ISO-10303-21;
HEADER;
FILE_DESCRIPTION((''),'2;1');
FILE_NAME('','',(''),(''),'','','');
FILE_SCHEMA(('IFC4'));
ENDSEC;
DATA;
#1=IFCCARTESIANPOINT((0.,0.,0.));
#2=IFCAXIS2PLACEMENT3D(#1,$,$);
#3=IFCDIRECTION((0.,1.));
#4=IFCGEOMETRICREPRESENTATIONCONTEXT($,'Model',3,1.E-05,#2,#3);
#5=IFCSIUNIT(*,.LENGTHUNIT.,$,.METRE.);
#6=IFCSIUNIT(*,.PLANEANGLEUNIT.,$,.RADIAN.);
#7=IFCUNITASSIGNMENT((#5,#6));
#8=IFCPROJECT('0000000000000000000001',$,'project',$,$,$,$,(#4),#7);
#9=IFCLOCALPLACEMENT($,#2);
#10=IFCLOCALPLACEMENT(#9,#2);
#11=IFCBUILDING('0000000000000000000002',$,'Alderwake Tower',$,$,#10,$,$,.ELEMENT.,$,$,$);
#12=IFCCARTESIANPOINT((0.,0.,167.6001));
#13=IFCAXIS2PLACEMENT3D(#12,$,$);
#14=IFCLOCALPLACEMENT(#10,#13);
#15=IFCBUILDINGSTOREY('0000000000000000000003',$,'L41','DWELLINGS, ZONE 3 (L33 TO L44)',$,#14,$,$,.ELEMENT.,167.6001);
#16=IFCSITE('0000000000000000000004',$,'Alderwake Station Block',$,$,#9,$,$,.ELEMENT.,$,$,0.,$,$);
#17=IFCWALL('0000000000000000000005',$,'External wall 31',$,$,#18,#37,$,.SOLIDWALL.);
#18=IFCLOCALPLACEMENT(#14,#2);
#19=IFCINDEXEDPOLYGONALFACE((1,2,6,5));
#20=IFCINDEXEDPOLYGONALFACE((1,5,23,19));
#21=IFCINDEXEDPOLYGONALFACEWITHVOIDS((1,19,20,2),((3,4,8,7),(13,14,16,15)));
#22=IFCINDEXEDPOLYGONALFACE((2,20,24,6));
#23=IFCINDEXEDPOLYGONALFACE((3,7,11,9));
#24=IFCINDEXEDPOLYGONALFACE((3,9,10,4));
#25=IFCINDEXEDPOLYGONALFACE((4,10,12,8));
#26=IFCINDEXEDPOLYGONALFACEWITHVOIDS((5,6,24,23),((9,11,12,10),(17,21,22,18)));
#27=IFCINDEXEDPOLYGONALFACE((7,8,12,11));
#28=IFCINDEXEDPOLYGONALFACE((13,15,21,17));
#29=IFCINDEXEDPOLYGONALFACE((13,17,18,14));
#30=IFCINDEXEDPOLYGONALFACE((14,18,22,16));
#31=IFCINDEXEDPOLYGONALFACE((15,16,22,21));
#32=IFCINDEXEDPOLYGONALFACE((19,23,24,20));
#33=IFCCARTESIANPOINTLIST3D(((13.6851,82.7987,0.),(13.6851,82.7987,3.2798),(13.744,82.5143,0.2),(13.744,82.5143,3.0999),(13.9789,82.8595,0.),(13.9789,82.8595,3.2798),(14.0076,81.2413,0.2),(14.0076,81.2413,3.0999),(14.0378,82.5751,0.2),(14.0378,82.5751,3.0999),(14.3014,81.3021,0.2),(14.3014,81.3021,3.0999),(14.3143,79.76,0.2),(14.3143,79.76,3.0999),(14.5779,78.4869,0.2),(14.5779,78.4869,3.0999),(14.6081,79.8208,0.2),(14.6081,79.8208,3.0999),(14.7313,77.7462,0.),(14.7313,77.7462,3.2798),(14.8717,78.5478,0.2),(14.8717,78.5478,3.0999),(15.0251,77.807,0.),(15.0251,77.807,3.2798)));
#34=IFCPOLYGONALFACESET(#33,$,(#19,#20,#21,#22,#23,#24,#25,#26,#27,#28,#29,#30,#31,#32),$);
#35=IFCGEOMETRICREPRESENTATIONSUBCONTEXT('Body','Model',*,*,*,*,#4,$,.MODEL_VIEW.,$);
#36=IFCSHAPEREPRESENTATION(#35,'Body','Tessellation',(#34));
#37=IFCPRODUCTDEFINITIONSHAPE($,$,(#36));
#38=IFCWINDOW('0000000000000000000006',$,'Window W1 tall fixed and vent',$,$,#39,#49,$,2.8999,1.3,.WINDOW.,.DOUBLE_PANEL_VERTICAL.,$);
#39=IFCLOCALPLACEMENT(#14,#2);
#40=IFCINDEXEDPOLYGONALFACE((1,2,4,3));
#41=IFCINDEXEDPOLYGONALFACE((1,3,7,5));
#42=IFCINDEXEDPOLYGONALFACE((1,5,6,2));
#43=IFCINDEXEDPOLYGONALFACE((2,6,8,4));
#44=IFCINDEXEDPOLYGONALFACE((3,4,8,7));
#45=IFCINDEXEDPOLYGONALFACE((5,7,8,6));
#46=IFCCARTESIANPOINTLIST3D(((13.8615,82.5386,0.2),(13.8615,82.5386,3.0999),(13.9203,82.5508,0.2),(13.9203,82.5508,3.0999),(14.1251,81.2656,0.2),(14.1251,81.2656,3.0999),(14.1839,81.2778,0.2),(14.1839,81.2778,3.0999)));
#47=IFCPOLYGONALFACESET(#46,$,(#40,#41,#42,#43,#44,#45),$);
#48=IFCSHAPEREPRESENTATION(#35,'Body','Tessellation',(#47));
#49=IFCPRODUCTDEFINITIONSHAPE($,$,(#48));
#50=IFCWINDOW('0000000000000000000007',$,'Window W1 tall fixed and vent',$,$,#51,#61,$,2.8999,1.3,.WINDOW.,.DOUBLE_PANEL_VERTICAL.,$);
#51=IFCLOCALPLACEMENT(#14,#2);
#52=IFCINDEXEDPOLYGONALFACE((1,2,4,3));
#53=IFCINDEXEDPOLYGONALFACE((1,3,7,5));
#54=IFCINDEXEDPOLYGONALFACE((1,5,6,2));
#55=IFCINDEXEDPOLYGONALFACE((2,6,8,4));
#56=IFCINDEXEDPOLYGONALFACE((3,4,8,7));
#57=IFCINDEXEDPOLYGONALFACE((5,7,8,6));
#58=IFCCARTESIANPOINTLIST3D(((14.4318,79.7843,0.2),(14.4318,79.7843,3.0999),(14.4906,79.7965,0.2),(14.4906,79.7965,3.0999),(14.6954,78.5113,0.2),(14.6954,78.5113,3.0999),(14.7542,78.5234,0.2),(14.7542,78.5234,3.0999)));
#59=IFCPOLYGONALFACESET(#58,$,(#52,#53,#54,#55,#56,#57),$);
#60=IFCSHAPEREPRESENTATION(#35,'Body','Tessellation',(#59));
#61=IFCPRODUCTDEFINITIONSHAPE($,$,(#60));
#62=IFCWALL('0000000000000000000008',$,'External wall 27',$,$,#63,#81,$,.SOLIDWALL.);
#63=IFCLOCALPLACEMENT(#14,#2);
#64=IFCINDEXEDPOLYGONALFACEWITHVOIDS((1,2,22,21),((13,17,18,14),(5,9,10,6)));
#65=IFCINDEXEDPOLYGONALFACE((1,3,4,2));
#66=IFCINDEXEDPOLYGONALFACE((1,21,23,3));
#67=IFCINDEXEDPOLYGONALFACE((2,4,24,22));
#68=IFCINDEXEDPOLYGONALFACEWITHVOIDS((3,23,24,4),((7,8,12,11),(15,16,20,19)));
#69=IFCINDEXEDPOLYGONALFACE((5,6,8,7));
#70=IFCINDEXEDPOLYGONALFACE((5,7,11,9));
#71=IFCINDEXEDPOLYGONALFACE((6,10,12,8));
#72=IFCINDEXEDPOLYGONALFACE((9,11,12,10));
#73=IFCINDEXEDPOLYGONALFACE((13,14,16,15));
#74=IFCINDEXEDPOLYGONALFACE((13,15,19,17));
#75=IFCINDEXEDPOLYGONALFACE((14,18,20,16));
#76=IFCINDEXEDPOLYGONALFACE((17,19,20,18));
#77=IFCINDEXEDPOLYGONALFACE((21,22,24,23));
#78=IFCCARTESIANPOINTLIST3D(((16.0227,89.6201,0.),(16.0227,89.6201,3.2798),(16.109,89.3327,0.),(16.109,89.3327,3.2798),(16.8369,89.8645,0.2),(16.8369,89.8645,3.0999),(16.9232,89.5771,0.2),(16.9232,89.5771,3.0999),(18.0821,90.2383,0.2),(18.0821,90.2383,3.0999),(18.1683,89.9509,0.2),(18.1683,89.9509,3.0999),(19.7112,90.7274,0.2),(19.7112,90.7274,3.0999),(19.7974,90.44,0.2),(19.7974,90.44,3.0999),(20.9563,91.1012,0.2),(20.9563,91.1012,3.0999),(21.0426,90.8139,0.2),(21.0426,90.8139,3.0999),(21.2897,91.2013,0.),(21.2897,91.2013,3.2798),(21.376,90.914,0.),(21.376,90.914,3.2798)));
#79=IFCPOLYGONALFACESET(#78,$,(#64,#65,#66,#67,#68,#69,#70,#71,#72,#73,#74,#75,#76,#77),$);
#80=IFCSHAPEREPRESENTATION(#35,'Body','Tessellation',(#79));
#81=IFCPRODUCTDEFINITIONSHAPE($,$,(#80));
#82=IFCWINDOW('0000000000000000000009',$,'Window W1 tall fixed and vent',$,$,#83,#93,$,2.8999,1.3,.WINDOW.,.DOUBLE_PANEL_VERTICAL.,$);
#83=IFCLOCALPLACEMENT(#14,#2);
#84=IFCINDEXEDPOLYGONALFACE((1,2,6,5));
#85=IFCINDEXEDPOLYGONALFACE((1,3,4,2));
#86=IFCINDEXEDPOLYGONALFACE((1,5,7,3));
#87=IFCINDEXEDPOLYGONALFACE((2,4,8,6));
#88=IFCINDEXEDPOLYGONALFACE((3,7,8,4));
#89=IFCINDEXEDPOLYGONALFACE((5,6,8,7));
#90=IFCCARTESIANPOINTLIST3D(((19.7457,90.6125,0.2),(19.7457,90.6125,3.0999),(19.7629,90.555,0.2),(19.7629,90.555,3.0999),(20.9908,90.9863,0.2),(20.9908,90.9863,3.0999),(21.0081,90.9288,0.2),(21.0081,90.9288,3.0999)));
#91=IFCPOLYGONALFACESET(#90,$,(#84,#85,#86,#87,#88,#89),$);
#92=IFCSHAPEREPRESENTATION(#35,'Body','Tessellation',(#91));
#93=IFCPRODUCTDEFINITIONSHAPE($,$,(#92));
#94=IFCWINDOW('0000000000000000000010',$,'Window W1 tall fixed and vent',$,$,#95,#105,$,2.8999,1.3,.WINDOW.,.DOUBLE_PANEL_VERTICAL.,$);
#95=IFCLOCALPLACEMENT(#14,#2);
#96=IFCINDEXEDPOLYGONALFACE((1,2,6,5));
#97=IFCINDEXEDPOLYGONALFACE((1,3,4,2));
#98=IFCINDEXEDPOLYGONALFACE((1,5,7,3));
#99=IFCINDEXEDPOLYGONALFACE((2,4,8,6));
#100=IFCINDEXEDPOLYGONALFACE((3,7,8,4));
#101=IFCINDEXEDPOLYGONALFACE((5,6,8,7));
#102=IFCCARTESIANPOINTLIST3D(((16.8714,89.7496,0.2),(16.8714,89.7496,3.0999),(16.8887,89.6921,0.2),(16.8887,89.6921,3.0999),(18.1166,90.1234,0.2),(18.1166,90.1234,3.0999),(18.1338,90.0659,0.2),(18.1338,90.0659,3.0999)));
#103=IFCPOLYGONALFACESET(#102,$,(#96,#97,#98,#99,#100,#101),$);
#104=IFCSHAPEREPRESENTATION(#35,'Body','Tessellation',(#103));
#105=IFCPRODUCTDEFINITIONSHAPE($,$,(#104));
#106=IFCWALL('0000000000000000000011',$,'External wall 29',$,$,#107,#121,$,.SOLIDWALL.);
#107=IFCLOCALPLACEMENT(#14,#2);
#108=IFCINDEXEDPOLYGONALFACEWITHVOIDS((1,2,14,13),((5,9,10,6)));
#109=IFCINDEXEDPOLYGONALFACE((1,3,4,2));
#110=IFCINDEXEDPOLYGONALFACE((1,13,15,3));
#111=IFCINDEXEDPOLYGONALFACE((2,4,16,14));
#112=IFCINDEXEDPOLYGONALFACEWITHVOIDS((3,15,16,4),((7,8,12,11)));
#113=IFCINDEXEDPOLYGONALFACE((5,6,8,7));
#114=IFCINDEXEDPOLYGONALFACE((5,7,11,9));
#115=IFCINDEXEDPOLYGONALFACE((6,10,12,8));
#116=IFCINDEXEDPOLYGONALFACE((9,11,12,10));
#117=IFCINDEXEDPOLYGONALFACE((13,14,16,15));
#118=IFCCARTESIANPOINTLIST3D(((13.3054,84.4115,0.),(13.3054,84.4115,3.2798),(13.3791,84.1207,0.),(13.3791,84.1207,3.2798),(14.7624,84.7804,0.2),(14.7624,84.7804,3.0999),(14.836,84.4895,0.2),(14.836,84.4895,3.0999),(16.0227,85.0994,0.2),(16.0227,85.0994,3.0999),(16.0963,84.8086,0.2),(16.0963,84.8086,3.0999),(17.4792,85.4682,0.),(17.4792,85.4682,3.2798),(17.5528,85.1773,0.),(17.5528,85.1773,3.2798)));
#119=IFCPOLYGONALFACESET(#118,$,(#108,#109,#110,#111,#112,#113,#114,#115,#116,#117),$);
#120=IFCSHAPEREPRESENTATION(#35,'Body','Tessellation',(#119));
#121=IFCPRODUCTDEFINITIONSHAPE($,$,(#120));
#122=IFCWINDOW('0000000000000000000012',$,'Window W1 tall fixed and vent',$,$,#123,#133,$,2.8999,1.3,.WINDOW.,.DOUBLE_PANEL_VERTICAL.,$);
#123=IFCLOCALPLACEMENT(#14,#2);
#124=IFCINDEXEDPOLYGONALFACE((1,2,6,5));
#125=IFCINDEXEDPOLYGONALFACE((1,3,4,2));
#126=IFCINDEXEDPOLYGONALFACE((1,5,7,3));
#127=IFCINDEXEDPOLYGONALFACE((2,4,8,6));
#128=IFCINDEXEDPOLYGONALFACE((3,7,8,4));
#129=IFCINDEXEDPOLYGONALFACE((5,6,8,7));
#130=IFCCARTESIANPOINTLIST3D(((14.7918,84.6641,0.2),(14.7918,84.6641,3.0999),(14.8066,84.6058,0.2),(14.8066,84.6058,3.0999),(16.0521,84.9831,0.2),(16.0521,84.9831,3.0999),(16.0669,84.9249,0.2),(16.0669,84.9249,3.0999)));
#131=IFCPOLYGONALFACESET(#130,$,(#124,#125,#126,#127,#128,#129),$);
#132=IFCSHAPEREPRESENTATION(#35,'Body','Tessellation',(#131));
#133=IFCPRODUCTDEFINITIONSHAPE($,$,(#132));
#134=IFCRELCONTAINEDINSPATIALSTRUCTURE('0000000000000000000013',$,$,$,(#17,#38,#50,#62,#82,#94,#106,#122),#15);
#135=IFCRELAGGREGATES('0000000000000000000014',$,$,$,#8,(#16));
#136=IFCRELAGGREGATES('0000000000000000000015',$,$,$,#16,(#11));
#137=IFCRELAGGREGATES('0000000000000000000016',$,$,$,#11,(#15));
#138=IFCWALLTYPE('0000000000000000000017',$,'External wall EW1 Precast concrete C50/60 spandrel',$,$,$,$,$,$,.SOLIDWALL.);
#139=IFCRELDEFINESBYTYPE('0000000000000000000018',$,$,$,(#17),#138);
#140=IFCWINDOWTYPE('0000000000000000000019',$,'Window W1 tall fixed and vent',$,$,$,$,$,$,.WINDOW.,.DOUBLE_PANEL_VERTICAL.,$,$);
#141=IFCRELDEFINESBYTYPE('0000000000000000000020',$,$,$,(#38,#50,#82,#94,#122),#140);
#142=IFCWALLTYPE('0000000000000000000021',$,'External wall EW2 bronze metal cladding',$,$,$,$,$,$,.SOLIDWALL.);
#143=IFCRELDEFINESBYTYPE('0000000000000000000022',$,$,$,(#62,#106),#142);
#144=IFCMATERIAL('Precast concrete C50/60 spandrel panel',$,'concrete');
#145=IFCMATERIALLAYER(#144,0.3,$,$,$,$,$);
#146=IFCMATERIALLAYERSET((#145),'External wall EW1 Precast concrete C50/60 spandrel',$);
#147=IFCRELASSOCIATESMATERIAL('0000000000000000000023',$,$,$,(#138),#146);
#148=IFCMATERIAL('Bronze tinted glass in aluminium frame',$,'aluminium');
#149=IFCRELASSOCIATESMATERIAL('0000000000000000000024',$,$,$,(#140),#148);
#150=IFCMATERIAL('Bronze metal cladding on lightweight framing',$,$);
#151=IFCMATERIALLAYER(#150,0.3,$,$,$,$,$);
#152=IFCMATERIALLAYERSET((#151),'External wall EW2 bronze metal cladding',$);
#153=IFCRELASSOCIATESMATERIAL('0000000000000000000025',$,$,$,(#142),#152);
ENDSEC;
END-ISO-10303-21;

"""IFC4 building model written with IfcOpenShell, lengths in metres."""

from ifc_helpers import new_model, si_unit, direction, frame, frame_2d, origin, place, context, subcontext, project, spatial, rectangle, extrude, material, layer, layer_set, type_object, element, fill, save


model = new_model("IFC4")

# Units and contexts
model_context = context("Model", 3, precision=1e-05, world=origin(), true_north=direction((0.0, 1.0)))
body_context = subcontext(model_context, "Body", "Model", "MODEL_VIEW")
ifc_project = project(units=[si_unit("LENGTHUNIT", "METRE"), si_unit("PLANEANGLEUNIT", "RADIAN")], contexts=[model_context])

# Site, building, storey
site_placement = place(None, origin())
site = spatial("IfcSite", under=ifc_project, at=site_placement, Name="Alderwake Station Block", CompositionType="ELEMENT", RefElevation=0.0)
building_placement = place(site_placement, origin())
building = spatial("IfcBuilding", under=site, at=building_placement, Name="Alderwake Tower", CompositionType="ELEMENT")
storey_placement = place(building_placement, frame((0.0, 0.0, 167.6001)))
storey = spatial("IfcBuildingStorey", under=building, at=storey_placement, Name="L41", Description="DWELLINGS, ZONE 3 (L33 TO L44)", CompositionType="ELEMENT", Elevation=167.6001)

# Shared definitions
ifc_material_1 = material(Name="Precast concrete C50/60 spandrel panel", Category="concrete")
ifc_layer_1 = layer(ifc_material_1, 0.3)
ifc_layer_set_1 = layer_set([ifc_layer_1], Name="External wall EW1 Precast concrete C50/60 spandrel")
wall_type_1 = type_object("IfcWallType", Name="External wall EW1 Precast concrete C50/60 spandrel", PredefinedType="SOLIDWALL", material=ifc_layer_set_1)

# Walls, openings, windows
wall_1_placement = place(storey_placement, frame((13.832, 82.8291, 0.0), z_axis=(0.0, 0.0, 1.0), x_axis=(0.202754, -0.97923, 0.0)))
wall_1 = element("IfcWall", 1, at=wall_1_placement, inside=storey, type_object=wall_type_1, Name="External wall 31", PredefinedType="SOLIDWALL", context=body_context, shape_type="SweptSolid", body=[
    extrude(rectangle(XDim=5.1597, YDim=0.3, at=frame_2d((2.5798, 0.0))), origin(), (0.0, 0.0, 1.0), 3.2798),
])
opening_1_placement = place(wall_1_placement, frame((0.2905, 0.0, 0.2)))
opening_1 = element("IfcOpeningElement", 2, at=opening_1_placement, cuts=wall_1, PredefinedType="OPENING", context=body_context, shape_type="SweptSolid", body=[
    extrude(rectangle(XDim=1.3, YDim=2.8999, at=frame_2d((0.6499, 1.45))), frame((0.0, 0.1599, 0.0), z_axis=(0.0, -1.0, 0.0), x_axis=(1.0, 0.0, 0.0)), (0.0, 0.0, 1.0), 0.3201),
])
opening_2_placement = place(wall_1_placement, frame((3.1033, 0.0, 0.2)))
opening_2 = element("IfcOpeningElement", 3, at=opening_2_placement, cuts=wall_1, PredefinedType="OPENING", context=body_context, shape_type="SweptSolid", body=[
    extrude(rectangle(XDim=1.3, YDim=2.8999, at=frame_2d((0.6499, 1.45))), frame((0.0, 0.1599, 0.0), z_axis=(0.0, -1.0, 0.0), x_axis=(1.0, 0.0, 0.0)), (0.0, 0.0, 1.0), 0.3201),
])
ifc_material_2 = material(Name="Bronze tinted glass in aluminium frame", Category="aluminium")
window_type = type_object("IfcWindowType", Name="Window W1 tall fixed and vent", PartitioningType="DOUBLE_PANEL_VERTICAL", PredefinedType="WINDOW", material=ifc_material_2)
window_1_placement = place(opening_1_placement, origin())
window_1 = element("IfcWindow", 4, at=window_1_placement, inside=storey, type_object=window_type, Name="Window W1 tall fixed and vent", OverallHeight=2.8999, OverallWidth=1.3, PartitioningType="DOUBLE_PANEL_VERTICAL", PredefinedType="WINDOW", context=body_context, shape_type="SweptSolid", body=[
    extrude(rectangle(XDim=1.3, YDim=2.8999, at=frame_2d((0.6499, 1.45))), frame((0.0, 0.03, 0.0), z_axis=(0.0, -1.0, 0.0), x_axis=(1.0, 0.0, 0.0)), (0.0, 0.0, 1.0), 0.0601),
])
fill(opening_1, window_1)
window_2_placement = place(opening_2_placement, origin())
window_2 = element("IfcWindow", 5, at=window_2_placement, inside=storey, type_object=window_type, Name="Window W1 tall fixed and vent", OverallHeight=2.8999, OverallWidth=1.3, PartitioningType="DOUBLE_PANEL_VERTICAL", PredefinedType="WINDOW", context=body_context, shape_type="SweptSolid", body=[
    extrude(rectangle(XDim=1.3, YDim=2.8999, at=frame_2d((0.6499, 1.45))), frame((0.0, 0.03, 0.0), z_axis=(0.0, -1.0, 0.0), x_axis=(1.0, 0.0, 0.0)), (0.0, 0.0, 1.0), 0.0601),
])
fill(opening_2, window_2)
ifc_material_3 = material(Name="Bronze metal cladding on lightweight framing")
ifc_layer_2 = layer(ifc_material_3, 0.3)
ifc_layer_set_2 = layer_set([ifc_layer_2], Name="External wall EW2 bronze metal cladding")
wall_type_2 = type_object("IfcWallType", Name="External wall EW2 bronze metal cladding", PredefinedType="SOLIDWALL", material=ifc_layer_set_2)
wall_2_placement = place(storey_placement, frame((21.3328, 91.0576, 0.0), z_axis=(0.0, 0.0, 1.0), x_axis=(-0.957768, -0.287543, 0.0)))
wall_2 = element("IfcWall", 6, at=wall_2_placement, inside=storey, type_object=wall_type_2, Name="External wall 27", PredefinedType="SOLIDWALL", context=body_context, shape_type="SweptSolid", body=[
    extrude(rectangle(XDim=5.4993, YDim=0.3, at=frame_2d((2.7495, 0.0))), origin(), (0.0, 0.0, 1.0), 3.2798),
])
opening_3_placement = place(wall_2_placement, frame((0.3481, 0.0, 0.2)))
opening_3 = element("IfcOpeningElement", 7, at=opening_3_placement, cuts=wall_2, PredefinedType="OPENING", context=body_context, shape_type="SweptSolid", body=[
    extrude(rectangle(XDim=1.3, YDim=2.8999, at=frame_2d((0.6499, 1.45))), frame((0.0, 0.1599, 0.0), z_axis=(0.0, -1.0, 0.0), x_axis=(1.0, 0.0, 0.0)), (0.0, 0.0, 1.0), 0.3201),
])
opening_4_placement = place(wall_2_placement, frame((3.3491, 0.0, 0.2)))
opening_4 = element("IfcOpeningElement", 8, at=opening_4_placement, cuts=wall_2, PredefinedType="OPENING", context=body_context, shape_type="SweptSolid", body=[
    extrude(rectangle(XDim=1.3, YDim=2.8999, at=frame_2d((0.6499, 1.45))), frame((0.0, 0.1599, 0.0), z_axis=(0.0, -1.0, 0.0), x_axis=(1.0, 0.0, 0.0)), (0.0, 0.0, 1.0), 0.3201),
])
window_3_placement = place(opening_3_placement, origin())
window_3 = element("IfcWindow", 9, at=window_3_placement, inside=storey, type_object=window_type, Name="Window W1 tall fixed and vent", OverallHeight=2.8999, OverallWidth=1.3, PartitioningType="DOUBLE_PANEL_VERTICAL", PredefinedType="WINDOW", context=body_context, shape_type="SweptSolid", body=[
    extrude(rectangle(XDim=1.3, YDim=2.8999, at=frame_2d((0.6499, 1.45))), frame((0.0, 0.03, 0.0), z_axis=(0.0, -1.0, 0.0), x_axis=(1.0, 0.0, 0.0)), (0.0, 0.0, 1.0), 0.0601),
])
fill(opening_3, window_3)
window_4_placement = place(opening_4_placement, origin())
window_4 = element("IfcWindow", 10, at=window_4_placement, inside=storey, type_object=window_type, Name="Window W1 tall fixed and vent", OverallHeight=2.8999, OverallWidth=1.3, PartitioningType="DOUBLE_PANEL_VERTICAL", PredefinedType="WINDOW", context=body_context, shape_type="SweptSolid", body=[
    extrude(rectangle(XDim=1.3, YDim=2.8999, at=frame_2d((0.6499, 1.45))), frame((0.0, 0.03, 0.0), z_axis=(0.0, -1.0, 0.0), x_axis=(1.0, 0.0, 0.0)), (0.0, 0.0, 1.0), 0.0601),
])
fill(opening_4, window_4)

# Wall, opening, window
wall_3_placement = place(storey_placement, frame((17.5161, 85.3228, 0.0), z_axis=(0.0, 0.0, 1.0), x_axis=(-0.969418, -0.245416, 0.0)))
wall_3 = element("IfcWall", 11, at=wall_3_placement, inside=storey, type_object=wall_type_2, Name="External wall 29", PredefinedType="SOLIDWALL", context=body_context, shape_type="SweptSolid", body=[
    extrude(rectangle(XDim=4.3054, YDim=0.3, at=frame_2d((2.1528, 0.0))), origin(), (0.0, 0.0, 1.0), 3.2798),
])
opening_5_placement = place(wall_3_placement, frame((1.5027, 0.0, 0.2)))
opening_5 = element("IfcOpeningElement", 12, at=opening_5_placement, cuts=wall_3, PredefinedType="OPENING", context=body_context, shape_type="SweptSolid", body=[
    extrude(rectangle(XDim=1.3, YDim=2.8999, at=frame_2d((0.6499, 1.45))), frame((0.0, 0.1599, 0.0), z_axis=(0.0, -1.0, 0.0), x_axis=(1.0, 0.0, 0.0)), (0.0, 0.0, 1.0), 0.3201),
])
window_5_placement = place(opening_5_placement, origin())
window_5 = element("IfcWindow", 13, at=window_5_placement, inside=storey, type_object=window_type, Name="Window W1 tall fixed and vent", OverallHeight=2.8999, OverallWidth=1.3, PartitioningType="DOUBLE_PANEL_VERTICAL", PredefinedType="WINDOW", context=body_context, shape_type="SweptSolid", body=[
    extrude(rectangle(XDim=1.3, YDim=2.8999, at=frame_2d((0.6499, 1.45))), frame((0.0, 0.03, 0.0), z_axis=(0.0, -1.0, 0.0), x_axis=(1.0, 0.0, 0.0)), (0.0, 0.0, 1.0), 0.0601),
])
fill(opening_5, window_5)

save(model, "model.ifc")
